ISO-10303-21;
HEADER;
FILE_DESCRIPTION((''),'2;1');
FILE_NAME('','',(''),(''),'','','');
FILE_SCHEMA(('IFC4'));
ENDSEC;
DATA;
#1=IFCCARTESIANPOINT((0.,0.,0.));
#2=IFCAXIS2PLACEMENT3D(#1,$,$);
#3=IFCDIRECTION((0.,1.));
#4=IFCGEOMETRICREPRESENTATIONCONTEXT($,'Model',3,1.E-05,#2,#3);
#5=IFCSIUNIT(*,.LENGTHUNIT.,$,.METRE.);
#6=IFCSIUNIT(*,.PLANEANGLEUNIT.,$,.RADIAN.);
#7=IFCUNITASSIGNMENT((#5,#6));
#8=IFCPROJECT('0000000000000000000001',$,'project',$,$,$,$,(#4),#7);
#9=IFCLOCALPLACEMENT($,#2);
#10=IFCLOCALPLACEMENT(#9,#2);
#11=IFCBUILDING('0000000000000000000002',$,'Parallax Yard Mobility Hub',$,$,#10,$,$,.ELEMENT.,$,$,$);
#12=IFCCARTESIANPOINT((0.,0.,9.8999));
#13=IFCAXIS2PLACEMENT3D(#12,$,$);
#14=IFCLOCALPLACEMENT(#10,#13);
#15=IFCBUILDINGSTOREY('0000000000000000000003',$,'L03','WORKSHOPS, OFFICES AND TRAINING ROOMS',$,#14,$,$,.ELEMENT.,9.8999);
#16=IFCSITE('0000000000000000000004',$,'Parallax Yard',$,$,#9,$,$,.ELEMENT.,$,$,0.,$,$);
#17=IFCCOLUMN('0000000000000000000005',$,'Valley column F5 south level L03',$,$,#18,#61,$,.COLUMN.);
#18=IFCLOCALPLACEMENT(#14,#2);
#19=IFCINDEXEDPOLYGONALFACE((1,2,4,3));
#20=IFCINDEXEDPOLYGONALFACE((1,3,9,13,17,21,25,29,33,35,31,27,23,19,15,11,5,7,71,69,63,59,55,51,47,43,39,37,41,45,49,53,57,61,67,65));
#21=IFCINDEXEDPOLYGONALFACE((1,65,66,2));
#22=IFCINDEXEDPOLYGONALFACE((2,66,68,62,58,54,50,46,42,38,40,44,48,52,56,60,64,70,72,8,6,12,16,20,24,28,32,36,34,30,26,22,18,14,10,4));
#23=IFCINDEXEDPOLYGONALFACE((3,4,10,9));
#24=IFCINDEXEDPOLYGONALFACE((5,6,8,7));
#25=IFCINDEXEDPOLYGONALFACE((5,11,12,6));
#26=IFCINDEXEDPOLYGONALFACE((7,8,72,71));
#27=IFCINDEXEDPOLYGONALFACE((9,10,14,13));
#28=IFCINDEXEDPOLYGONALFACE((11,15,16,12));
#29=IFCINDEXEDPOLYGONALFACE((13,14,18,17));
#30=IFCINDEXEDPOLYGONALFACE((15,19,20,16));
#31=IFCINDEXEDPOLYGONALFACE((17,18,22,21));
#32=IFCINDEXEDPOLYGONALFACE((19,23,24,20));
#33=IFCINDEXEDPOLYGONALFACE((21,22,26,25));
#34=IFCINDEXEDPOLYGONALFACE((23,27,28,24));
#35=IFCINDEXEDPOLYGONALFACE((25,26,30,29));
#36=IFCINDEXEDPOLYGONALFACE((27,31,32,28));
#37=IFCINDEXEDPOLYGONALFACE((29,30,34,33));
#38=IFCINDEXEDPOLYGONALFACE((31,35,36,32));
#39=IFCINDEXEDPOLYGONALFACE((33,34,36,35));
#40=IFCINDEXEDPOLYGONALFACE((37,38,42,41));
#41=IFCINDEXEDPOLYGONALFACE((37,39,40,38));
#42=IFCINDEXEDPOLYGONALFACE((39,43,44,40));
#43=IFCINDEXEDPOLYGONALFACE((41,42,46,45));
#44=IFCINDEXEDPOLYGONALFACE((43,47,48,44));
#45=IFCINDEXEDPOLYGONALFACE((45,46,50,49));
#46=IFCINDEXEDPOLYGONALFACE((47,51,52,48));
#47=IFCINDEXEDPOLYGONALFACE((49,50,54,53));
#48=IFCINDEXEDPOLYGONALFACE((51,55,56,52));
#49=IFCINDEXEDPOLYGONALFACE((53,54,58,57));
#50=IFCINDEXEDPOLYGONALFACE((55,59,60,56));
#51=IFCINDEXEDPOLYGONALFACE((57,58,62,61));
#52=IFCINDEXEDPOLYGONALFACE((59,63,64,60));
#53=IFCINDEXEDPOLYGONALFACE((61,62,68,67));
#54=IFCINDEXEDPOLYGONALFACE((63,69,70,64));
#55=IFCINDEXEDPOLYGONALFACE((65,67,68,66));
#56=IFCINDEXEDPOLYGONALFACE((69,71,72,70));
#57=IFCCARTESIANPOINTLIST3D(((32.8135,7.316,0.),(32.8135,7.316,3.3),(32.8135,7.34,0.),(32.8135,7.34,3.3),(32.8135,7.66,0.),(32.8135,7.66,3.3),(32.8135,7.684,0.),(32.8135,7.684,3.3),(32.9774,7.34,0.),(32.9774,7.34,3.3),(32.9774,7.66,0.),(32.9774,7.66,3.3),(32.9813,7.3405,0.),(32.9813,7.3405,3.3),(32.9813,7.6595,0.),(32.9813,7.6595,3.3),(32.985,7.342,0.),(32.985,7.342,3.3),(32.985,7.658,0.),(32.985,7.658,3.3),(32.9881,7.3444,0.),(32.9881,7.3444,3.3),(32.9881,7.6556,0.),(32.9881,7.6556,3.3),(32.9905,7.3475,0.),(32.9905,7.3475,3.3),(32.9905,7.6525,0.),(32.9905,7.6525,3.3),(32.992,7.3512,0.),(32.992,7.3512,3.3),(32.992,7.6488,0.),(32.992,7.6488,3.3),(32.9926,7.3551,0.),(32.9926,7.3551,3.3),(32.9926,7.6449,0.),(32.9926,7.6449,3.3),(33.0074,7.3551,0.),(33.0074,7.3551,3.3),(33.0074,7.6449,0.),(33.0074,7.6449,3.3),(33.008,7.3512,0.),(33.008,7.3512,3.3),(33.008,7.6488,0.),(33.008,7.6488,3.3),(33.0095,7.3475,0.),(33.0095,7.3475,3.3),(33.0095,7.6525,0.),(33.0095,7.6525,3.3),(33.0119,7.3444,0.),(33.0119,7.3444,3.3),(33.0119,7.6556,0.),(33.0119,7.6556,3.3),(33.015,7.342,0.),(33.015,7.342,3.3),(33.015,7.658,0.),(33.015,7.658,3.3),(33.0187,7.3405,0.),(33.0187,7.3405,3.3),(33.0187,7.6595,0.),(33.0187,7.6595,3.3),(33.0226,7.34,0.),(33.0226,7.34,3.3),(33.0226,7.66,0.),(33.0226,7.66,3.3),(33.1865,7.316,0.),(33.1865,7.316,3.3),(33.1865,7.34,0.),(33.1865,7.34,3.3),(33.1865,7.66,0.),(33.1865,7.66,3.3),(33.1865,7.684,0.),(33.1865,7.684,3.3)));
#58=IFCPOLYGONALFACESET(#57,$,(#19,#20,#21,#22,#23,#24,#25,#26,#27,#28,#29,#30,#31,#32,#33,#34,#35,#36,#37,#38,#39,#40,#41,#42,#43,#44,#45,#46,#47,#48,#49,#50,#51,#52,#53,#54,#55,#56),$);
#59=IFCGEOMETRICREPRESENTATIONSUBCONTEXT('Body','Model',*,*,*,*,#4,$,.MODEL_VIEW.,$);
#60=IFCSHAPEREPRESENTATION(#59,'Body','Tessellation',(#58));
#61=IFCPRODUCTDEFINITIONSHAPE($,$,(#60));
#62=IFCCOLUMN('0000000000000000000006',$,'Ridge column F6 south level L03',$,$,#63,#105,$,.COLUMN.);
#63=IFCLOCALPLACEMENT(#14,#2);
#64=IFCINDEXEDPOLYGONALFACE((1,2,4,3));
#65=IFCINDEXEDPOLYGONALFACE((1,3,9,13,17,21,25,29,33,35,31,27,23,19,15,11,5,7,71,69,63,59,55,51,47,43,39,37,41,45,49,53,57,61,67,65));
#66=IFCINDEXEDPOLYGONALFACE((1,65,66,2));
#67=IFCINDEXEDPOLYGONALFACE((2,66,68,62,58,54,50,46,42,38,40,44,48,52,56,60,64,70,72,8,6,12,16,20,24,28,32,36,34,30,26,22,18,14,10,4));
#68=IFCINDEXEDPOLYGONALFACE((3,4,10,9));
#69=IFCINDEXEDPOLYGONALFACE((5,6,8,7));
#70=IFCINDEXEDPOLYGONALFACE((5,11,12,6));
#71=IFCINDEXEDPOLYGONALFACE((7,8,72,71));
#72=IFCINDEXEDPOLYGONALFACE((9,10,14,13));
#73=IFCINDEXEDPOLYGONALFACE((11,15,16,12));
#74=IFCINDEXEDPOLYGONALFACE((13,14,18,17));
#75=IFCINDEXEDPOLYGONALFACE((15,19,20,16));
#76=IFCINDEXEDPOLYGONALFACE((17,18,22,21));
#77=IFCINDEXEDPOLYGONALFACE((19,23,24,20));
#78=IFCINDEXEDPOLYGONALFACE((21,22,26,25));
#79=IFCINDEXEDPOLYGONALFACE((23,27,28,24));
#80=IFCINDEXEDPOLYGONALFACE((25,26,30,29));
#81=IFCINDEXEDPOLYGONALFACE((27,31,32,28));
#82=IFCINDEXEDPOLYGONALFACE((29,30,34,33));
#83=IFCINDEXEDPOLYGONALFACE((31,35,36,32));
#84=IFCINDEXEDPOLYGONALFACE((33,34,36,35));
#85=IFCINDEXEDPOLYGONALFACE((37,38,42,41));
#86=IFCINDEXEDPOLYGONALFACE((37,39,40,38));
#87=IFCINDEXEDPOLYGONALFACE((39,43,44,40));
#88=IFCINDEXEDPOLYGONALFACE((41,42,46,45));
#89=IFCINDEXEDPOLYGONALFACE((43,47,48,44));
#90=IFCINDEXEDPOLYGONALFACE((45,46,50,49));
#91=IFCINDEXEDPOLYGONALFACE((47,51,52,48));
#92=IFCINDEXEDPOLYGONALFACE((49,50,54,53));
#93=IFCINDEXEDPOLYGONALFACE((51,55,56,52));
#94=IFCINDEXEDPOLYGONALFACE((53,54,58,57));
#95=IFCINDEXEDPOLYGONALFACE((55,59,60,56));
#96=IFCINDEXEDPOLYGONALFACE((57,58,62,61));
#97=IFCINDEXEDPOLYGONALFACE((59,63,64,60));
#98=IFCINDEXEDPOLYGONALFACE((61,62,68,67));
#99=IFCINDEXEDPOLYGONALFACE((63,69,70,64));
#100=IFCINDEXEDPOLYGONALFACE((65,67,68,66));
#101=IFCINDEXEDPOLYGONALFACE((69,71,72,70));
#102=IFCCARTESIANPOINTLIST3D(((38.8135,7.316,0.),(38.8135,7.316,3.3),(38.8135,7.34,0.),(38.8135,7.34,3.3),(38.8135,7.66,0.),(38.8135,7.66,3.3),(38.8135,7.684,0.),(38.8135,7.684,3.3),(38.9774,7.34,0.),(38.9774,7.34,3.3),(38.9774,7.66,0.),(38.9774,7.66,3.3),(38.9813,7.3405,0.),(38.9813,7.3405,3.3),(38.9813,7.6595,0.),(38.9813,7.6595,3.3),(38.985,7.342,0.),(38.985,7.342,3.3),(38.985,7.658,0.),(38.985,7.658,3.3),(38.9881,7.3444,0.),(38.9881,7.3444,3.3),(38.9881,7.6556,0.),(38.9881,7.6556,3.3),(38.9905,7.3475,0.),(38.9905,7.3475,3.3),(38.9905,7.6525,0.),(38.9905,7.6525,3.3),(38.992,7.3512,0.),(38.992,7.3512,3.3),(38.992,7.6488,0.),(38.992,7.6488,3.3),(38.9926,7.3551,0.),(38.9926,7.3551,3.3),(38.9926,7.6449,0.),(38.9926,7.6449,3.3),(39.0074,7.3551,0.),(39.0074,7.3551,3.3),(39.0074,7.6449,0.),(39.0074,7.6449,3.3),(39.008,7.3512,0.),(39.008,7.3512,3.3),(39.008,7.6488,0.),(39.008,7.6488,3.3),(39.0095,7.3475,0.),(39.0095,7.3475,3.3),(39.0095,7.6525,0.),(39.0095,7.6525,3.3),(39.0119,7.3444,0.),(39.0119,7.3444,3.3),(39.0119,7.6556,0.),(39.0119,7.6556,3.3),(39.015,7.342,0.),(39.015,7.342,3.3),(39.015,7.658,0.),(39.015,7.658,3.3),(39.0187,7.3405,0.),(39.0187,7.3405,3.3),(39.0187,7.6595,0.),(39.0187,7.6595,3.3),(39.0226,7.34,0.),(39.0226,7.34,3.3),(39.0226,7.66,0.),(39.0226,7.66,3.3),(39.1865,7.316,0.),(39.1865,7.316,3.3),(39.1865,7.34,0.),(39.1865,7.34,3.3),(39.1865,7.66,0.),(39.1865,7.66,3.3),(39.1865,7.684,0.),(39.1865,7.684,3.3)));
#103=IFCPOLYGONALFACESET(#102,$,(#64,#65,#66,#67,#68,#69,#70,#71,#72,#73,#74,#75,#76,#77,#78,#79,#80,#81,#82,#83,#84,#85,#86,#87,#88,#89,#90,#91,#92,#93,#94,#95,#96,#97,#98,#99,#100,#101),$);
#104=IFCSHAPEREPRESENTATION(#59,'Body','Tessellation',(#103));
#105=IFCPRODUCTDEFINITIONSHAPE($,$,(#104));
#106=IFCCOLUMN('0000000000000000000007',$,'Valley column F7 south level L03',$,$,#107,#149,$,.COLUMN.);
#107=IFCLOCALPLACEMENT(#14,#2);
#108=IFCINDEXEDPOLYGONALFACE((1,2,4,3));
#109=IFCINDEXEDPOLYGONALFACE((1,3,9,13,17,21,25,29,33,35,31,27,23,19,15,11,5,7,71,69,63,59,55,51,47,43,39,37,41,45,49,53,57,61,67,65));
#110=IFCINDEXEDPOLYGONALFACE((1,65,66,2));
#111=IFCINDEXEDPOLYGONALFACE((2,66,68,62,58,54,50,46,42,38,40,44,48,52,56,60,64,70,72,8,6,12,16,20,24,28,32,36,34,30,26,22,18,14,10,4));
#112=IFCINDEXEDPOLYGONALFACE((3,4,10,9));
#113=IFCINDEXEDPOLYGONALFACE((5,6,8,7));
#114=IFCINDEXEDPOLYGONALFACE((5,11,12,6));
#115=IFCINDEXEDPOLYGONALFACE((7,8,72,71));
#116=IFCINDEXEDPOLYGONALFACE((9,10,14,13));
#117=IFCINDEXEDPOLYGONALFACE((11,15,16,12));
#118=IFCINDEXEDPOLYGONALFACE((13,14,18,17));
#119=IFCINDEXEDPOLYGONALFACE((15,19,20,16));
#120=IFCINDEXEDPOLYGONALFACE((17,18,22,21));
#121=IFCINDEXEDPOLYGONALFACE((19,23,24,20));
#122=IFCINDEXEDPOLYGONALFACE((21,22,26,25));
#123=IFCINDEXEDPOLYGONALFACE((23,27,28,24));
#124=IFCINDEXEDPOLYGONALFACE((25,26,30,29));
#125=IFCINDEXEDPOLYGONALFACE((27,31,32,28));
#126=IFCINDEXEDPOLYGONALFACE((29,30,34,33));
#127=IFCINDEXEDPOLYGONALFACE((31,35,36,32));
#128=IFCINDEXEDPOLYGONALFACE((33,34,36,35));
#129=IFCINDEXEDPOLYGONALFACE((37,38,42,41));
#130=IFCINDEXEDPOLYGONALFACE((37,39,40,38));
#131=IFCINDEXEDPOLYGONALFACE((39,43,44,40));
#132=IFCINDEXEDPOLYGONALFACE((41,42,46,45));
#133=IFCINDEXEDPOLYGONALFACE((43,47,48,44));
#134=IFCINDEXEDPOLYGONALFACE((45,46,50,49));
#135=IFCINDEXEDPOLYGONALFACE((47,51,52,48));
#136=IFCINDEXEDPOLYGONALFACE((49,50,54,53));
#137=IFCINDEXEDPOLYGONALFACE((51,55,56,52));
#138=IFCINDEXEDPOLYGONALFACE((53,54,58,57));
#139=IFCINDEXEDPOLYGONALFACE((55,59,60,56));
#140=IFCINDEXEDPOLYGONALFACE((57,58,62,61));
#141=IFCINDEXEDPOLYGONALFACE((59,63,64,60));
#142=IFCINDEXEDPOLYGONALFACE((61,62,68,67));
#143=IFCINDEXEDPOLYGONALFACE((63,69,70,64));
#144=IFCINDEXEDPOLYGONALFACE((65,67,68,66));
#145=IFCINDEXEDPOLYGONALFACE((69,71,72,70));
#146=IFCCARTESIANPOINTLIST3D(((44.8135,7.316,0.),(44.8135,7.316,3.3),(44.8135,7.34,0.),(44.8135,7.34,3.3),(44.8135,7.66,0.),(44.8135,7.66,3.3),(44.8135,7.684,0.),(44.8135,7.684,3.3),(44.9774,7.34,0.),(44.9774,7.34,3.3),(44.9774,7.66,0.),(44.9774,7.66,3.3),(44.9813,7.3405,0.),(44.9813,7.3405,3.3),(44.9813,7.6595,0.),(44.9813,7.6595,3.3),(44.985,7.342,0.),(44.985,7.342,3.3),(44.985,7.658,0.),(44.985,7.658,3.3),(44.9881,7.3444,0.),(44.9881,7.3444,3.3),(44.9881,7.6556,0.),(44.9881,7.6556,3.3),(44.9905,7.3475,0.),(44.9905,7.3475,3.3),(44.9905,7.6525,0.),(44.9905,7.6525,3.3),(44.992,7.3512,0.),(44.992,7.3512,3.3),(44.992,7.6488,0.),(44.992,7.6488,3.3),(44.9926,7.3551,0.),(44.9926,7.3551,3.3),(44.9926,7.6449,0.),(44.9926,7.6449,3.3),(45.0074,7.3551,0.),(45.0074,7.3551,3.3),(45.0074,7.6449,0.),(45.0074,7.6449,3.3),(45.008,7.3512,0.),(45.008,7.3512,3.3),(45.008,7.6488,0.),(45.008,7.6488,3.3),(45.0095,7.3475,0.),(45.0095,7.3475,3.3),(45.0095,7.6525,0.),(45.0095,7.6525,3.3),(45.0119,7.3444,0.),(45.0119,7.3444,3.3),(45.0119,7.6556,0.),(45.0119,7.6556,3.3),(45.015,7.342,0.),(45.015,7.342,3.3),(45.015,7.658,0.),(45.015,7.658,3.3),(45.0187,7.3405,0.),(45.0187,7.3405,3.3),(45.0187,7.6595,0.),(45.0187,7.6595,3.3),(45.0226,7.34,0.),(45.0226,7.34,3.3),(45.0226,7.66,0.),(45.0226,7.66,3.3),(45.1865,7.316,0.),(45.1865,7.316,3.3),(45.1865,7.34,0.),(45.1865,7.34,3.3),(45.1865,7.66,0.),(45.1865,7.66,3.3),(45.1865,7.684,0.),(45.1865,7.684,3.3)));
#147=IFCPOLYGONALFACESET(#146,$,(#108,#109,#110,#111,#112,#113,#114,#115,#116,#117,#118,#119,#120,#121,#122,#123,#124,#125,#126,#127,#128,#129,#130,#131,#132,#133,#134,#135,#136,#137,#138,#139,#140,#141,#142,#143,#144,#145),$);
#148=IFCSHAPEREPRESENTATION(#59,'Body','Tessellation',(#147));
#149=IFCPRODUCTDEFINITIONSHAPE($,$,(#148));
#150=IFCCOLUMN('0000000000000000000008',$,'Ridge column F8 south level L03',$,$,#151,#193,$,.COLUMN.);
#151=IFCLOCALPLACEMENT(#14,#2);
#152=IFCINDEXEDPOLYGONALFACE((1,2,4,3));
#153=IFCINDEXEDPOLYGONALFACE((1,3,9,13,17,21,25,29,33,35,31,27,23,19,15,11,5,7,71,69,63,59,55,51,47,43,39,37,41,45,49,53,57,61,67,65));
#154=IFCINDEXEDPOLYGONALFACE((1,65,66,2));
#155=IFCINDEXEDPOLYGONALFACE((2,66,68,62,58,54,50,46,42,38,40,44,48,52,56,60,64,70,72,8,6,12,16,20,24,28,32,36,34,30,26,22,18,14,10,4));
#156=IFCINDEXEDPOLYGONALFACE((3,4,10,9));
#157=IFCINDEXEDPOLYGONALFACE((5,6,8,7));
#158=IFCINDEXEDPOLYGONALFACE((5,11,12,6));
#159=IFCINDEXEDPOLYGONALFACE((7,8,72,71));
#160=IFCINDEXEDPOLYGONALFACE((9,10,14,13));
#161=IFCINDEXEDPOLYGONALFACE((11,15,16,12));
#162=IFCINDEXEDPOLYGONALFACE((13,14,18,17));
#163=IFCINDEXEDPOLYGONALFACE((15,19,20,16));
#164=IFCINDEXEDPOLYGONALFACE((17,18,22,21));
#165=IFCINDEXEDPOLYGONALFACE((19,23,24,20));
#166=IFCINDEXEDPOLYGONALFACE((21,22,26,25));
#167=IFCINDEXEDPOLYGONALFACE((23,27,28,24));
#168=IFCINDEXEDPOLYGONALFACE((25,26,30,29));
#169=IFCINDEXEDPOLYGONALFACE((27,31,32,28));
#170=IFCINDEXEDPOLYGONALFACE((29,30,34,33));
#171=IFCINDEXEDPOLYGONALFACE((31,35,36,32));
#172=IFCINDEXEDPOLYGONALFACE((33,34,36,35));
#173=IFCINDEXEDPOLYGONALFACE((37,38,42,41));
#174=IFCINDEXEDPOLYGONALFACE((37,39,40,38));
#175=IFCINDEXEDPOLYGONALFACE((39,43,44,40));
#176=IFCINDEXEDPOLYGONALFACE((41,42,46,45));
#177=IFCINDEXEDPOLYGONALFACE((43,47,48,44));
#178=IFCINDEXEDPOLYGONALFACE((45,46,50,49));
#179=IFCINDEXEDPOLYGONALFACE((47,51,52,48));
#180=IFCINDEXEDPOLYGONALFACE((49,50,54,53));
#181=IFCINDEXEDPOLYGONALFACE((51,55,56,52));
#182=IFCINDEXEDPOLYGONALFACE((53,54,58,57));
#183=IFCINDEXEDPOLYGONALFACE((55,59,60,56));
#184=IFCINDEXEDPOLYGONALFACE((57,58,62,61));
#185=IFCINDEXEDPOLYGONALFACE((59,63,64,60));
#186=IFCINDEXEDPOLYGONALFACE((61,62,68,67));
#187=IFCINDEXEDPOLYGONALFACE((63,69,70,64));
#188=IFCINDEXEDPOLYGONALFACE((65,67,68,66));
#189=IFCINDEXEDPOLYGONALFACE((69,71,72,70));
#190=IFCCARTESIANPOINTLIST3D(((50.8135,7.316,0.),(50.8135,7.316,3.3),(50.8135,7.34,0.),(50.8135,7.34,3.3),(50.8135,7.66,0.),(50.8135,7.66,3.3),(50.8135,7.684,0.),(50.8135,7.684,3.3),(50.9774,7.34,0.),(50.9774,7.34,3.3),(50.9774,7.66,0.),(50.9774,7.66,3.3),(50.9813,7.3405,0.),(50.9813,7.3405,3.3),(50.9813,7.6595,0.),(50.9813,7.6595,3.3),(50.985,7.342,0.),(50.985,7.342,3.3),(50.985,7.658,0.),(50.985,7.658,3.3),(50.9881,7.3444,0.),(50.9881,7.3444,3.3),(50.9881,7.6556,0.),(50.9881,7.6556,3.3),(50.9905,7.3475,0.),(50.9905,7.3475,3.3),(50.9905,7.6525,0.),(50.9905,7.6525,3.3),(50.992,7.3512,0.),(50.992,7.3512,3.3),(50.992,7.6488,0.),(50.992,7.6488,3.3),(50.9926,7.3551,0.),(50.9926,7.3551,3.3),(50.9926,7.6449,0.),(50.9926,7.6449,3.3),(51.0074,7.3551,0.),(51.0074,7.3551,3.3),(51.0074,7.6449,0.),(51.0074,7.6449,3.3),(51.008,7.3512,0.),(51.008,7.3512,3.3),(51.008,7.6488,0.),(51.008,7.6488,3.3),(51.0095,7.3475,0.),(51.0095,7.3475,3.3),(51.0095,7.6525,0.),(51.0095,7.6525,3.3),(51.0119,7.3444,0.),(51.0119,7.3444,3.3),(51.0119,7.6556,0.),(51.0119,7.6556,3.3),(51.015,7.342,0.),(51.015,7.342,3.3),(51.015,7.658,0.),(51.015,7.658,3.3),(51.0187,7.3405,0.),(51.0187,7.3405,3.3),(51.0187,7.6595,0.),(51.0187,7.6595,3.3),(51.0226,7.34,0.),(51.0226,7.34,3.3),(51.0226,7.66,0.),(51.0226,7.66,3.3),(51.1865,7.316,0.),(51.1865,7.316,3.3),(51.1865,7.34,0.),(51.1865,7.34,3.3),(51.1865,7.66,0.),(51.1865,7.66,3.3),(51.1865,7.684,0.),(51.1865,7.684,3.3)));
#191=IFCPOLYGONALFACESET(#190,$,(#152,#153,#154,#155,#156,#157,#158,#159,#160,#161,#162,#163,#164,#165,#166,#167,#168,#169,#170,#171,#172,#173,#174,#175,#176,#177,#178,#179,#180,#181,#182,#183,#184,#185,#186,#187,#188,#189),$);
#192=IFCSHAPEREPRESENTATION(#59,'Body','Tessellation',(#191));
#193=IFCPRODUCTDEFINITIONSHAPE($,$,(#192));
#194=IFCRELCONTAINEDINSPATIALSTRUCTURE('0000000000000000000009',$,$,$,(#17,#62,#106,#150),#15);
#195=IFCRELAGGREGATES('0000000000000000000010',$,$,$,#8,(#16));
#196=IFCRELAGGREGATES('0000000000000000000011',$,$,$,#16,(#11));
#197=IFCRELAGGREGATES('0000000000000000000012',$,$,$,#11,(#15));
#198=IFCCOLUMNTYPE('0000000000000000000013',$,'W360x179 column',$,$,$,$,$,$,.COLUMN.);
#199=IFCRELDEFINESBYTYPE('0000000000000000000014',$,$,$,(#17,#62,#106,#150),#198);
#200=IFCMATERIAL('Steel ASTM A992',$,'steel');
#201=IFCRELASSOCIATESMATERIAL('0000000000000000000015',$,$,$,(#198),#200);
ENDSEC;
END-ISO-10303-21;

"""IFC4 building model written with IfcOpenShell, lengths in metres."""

from ifc_helpers import new_model, si_unit, direction, frame, origin, origin_2d, place, context, subcontext, project, spatial, i_section, extrude, material, material_profile, profile_set, type_object, element, save


model = new_model("IFC4")

# Units and contexts
model_context = context("Model", 3, precision=1e-05, world=origin(), true_north=direction((0.0, 1.0)))
body_context = subcontext(model_context, "Body", "Model", "MODEL_VIEW")
ifc_project = project(units=[si_unit("LENGTHUNIT", "METRE"), si_unit("PLANEANGLEUNIT", "RADIAN")], contexts=[model_context])

# Site, building, storey
site_placement = place(None, origin())
site = spatial("IfcSite", under=ifc_project, at=site_placement, Name="Parallax Yard", CompositionType="ELEMENT", RefElevation=0.0)
building_placement = place(site_placement, origin())
building = spatial("IfcBuilding", under=site, at=building_placement, Name="Parallax Yard Mobility Hub", CompositionType="ELEMENT")
storey_placement = place(building_placement, frame((0.0, 0.0, 9.8999)))
storey = spatial("IfcBuildingStorey", under=building, at=storey_placement, Name="L03", Description="WORKSHOPS, OFFICES AND TRAINING ROOMS", CompositionType="ELEMENT", Elevation=9.8999)

# Columns
ifc_material_1 = material(Name="Steel ASTM A992", Category="steel")
ifc_material_profile_1 = material_profile(ifc_material_1, i_section(OverallWidth=0.373, OverallDepth=0.3679, WebThickness=0.0149, FlangeThickness=0.0239, FilletRadius=0.0151, at=origin_2d()), Name="W360x179")
ifc_profile_set_1 = profile_set([ifc_material_profile_1], Name="Steel ASTM A992")
column_type = type_object("IfcColumnType", Name="W360x179 column", PredefinedType="COLUMN", material=ifc_profile_set_1)
for number, where, z_axis, x_axis, name in (
    (1, (33.0, 7.5, 0.0), (0.0, 0.0, 1.0), (1.0, 0.0, 0.0), "Valley column F5 south level L03"),
    (2, (39.0, 7.5, 0.0), (0.0, 0.0, 1.0), (1.0, 0.0, 0.0), "Ridge column F6 south level L03"),
    (3, (45.0, 7.5, 0.0), (0.0, 0.0, 1.0), (1.0, 0.0, 0.0), "Valley column F7 south level L03"),
    (4, (51.0, 7.5, 0.0), (0.0, 0.0, 1.0), (1.0, 0.0, 0.0), "Ridge column F8 south level L03"),
):
    element("IfcColumn", number, at=place(storey_placement, frame(where, z_axis=z_axis, x_axis=x_axis)), inside=storey, type_object=column_type, Name=name, PredefinedType="COLUMN", context=body_context, shape_type="SweptSolid", body=[
        extrude(i_section(OverallWidth=0.373, OverallDepth=0.3679, WebThickness=0.0149, FlangeThickness=0.0239, FilletRadius=0.0151, at=origin_2d()), origin(), (0.0, 0.0, 1.0), 3.3),
    ])

save(model, "model.ifc")
